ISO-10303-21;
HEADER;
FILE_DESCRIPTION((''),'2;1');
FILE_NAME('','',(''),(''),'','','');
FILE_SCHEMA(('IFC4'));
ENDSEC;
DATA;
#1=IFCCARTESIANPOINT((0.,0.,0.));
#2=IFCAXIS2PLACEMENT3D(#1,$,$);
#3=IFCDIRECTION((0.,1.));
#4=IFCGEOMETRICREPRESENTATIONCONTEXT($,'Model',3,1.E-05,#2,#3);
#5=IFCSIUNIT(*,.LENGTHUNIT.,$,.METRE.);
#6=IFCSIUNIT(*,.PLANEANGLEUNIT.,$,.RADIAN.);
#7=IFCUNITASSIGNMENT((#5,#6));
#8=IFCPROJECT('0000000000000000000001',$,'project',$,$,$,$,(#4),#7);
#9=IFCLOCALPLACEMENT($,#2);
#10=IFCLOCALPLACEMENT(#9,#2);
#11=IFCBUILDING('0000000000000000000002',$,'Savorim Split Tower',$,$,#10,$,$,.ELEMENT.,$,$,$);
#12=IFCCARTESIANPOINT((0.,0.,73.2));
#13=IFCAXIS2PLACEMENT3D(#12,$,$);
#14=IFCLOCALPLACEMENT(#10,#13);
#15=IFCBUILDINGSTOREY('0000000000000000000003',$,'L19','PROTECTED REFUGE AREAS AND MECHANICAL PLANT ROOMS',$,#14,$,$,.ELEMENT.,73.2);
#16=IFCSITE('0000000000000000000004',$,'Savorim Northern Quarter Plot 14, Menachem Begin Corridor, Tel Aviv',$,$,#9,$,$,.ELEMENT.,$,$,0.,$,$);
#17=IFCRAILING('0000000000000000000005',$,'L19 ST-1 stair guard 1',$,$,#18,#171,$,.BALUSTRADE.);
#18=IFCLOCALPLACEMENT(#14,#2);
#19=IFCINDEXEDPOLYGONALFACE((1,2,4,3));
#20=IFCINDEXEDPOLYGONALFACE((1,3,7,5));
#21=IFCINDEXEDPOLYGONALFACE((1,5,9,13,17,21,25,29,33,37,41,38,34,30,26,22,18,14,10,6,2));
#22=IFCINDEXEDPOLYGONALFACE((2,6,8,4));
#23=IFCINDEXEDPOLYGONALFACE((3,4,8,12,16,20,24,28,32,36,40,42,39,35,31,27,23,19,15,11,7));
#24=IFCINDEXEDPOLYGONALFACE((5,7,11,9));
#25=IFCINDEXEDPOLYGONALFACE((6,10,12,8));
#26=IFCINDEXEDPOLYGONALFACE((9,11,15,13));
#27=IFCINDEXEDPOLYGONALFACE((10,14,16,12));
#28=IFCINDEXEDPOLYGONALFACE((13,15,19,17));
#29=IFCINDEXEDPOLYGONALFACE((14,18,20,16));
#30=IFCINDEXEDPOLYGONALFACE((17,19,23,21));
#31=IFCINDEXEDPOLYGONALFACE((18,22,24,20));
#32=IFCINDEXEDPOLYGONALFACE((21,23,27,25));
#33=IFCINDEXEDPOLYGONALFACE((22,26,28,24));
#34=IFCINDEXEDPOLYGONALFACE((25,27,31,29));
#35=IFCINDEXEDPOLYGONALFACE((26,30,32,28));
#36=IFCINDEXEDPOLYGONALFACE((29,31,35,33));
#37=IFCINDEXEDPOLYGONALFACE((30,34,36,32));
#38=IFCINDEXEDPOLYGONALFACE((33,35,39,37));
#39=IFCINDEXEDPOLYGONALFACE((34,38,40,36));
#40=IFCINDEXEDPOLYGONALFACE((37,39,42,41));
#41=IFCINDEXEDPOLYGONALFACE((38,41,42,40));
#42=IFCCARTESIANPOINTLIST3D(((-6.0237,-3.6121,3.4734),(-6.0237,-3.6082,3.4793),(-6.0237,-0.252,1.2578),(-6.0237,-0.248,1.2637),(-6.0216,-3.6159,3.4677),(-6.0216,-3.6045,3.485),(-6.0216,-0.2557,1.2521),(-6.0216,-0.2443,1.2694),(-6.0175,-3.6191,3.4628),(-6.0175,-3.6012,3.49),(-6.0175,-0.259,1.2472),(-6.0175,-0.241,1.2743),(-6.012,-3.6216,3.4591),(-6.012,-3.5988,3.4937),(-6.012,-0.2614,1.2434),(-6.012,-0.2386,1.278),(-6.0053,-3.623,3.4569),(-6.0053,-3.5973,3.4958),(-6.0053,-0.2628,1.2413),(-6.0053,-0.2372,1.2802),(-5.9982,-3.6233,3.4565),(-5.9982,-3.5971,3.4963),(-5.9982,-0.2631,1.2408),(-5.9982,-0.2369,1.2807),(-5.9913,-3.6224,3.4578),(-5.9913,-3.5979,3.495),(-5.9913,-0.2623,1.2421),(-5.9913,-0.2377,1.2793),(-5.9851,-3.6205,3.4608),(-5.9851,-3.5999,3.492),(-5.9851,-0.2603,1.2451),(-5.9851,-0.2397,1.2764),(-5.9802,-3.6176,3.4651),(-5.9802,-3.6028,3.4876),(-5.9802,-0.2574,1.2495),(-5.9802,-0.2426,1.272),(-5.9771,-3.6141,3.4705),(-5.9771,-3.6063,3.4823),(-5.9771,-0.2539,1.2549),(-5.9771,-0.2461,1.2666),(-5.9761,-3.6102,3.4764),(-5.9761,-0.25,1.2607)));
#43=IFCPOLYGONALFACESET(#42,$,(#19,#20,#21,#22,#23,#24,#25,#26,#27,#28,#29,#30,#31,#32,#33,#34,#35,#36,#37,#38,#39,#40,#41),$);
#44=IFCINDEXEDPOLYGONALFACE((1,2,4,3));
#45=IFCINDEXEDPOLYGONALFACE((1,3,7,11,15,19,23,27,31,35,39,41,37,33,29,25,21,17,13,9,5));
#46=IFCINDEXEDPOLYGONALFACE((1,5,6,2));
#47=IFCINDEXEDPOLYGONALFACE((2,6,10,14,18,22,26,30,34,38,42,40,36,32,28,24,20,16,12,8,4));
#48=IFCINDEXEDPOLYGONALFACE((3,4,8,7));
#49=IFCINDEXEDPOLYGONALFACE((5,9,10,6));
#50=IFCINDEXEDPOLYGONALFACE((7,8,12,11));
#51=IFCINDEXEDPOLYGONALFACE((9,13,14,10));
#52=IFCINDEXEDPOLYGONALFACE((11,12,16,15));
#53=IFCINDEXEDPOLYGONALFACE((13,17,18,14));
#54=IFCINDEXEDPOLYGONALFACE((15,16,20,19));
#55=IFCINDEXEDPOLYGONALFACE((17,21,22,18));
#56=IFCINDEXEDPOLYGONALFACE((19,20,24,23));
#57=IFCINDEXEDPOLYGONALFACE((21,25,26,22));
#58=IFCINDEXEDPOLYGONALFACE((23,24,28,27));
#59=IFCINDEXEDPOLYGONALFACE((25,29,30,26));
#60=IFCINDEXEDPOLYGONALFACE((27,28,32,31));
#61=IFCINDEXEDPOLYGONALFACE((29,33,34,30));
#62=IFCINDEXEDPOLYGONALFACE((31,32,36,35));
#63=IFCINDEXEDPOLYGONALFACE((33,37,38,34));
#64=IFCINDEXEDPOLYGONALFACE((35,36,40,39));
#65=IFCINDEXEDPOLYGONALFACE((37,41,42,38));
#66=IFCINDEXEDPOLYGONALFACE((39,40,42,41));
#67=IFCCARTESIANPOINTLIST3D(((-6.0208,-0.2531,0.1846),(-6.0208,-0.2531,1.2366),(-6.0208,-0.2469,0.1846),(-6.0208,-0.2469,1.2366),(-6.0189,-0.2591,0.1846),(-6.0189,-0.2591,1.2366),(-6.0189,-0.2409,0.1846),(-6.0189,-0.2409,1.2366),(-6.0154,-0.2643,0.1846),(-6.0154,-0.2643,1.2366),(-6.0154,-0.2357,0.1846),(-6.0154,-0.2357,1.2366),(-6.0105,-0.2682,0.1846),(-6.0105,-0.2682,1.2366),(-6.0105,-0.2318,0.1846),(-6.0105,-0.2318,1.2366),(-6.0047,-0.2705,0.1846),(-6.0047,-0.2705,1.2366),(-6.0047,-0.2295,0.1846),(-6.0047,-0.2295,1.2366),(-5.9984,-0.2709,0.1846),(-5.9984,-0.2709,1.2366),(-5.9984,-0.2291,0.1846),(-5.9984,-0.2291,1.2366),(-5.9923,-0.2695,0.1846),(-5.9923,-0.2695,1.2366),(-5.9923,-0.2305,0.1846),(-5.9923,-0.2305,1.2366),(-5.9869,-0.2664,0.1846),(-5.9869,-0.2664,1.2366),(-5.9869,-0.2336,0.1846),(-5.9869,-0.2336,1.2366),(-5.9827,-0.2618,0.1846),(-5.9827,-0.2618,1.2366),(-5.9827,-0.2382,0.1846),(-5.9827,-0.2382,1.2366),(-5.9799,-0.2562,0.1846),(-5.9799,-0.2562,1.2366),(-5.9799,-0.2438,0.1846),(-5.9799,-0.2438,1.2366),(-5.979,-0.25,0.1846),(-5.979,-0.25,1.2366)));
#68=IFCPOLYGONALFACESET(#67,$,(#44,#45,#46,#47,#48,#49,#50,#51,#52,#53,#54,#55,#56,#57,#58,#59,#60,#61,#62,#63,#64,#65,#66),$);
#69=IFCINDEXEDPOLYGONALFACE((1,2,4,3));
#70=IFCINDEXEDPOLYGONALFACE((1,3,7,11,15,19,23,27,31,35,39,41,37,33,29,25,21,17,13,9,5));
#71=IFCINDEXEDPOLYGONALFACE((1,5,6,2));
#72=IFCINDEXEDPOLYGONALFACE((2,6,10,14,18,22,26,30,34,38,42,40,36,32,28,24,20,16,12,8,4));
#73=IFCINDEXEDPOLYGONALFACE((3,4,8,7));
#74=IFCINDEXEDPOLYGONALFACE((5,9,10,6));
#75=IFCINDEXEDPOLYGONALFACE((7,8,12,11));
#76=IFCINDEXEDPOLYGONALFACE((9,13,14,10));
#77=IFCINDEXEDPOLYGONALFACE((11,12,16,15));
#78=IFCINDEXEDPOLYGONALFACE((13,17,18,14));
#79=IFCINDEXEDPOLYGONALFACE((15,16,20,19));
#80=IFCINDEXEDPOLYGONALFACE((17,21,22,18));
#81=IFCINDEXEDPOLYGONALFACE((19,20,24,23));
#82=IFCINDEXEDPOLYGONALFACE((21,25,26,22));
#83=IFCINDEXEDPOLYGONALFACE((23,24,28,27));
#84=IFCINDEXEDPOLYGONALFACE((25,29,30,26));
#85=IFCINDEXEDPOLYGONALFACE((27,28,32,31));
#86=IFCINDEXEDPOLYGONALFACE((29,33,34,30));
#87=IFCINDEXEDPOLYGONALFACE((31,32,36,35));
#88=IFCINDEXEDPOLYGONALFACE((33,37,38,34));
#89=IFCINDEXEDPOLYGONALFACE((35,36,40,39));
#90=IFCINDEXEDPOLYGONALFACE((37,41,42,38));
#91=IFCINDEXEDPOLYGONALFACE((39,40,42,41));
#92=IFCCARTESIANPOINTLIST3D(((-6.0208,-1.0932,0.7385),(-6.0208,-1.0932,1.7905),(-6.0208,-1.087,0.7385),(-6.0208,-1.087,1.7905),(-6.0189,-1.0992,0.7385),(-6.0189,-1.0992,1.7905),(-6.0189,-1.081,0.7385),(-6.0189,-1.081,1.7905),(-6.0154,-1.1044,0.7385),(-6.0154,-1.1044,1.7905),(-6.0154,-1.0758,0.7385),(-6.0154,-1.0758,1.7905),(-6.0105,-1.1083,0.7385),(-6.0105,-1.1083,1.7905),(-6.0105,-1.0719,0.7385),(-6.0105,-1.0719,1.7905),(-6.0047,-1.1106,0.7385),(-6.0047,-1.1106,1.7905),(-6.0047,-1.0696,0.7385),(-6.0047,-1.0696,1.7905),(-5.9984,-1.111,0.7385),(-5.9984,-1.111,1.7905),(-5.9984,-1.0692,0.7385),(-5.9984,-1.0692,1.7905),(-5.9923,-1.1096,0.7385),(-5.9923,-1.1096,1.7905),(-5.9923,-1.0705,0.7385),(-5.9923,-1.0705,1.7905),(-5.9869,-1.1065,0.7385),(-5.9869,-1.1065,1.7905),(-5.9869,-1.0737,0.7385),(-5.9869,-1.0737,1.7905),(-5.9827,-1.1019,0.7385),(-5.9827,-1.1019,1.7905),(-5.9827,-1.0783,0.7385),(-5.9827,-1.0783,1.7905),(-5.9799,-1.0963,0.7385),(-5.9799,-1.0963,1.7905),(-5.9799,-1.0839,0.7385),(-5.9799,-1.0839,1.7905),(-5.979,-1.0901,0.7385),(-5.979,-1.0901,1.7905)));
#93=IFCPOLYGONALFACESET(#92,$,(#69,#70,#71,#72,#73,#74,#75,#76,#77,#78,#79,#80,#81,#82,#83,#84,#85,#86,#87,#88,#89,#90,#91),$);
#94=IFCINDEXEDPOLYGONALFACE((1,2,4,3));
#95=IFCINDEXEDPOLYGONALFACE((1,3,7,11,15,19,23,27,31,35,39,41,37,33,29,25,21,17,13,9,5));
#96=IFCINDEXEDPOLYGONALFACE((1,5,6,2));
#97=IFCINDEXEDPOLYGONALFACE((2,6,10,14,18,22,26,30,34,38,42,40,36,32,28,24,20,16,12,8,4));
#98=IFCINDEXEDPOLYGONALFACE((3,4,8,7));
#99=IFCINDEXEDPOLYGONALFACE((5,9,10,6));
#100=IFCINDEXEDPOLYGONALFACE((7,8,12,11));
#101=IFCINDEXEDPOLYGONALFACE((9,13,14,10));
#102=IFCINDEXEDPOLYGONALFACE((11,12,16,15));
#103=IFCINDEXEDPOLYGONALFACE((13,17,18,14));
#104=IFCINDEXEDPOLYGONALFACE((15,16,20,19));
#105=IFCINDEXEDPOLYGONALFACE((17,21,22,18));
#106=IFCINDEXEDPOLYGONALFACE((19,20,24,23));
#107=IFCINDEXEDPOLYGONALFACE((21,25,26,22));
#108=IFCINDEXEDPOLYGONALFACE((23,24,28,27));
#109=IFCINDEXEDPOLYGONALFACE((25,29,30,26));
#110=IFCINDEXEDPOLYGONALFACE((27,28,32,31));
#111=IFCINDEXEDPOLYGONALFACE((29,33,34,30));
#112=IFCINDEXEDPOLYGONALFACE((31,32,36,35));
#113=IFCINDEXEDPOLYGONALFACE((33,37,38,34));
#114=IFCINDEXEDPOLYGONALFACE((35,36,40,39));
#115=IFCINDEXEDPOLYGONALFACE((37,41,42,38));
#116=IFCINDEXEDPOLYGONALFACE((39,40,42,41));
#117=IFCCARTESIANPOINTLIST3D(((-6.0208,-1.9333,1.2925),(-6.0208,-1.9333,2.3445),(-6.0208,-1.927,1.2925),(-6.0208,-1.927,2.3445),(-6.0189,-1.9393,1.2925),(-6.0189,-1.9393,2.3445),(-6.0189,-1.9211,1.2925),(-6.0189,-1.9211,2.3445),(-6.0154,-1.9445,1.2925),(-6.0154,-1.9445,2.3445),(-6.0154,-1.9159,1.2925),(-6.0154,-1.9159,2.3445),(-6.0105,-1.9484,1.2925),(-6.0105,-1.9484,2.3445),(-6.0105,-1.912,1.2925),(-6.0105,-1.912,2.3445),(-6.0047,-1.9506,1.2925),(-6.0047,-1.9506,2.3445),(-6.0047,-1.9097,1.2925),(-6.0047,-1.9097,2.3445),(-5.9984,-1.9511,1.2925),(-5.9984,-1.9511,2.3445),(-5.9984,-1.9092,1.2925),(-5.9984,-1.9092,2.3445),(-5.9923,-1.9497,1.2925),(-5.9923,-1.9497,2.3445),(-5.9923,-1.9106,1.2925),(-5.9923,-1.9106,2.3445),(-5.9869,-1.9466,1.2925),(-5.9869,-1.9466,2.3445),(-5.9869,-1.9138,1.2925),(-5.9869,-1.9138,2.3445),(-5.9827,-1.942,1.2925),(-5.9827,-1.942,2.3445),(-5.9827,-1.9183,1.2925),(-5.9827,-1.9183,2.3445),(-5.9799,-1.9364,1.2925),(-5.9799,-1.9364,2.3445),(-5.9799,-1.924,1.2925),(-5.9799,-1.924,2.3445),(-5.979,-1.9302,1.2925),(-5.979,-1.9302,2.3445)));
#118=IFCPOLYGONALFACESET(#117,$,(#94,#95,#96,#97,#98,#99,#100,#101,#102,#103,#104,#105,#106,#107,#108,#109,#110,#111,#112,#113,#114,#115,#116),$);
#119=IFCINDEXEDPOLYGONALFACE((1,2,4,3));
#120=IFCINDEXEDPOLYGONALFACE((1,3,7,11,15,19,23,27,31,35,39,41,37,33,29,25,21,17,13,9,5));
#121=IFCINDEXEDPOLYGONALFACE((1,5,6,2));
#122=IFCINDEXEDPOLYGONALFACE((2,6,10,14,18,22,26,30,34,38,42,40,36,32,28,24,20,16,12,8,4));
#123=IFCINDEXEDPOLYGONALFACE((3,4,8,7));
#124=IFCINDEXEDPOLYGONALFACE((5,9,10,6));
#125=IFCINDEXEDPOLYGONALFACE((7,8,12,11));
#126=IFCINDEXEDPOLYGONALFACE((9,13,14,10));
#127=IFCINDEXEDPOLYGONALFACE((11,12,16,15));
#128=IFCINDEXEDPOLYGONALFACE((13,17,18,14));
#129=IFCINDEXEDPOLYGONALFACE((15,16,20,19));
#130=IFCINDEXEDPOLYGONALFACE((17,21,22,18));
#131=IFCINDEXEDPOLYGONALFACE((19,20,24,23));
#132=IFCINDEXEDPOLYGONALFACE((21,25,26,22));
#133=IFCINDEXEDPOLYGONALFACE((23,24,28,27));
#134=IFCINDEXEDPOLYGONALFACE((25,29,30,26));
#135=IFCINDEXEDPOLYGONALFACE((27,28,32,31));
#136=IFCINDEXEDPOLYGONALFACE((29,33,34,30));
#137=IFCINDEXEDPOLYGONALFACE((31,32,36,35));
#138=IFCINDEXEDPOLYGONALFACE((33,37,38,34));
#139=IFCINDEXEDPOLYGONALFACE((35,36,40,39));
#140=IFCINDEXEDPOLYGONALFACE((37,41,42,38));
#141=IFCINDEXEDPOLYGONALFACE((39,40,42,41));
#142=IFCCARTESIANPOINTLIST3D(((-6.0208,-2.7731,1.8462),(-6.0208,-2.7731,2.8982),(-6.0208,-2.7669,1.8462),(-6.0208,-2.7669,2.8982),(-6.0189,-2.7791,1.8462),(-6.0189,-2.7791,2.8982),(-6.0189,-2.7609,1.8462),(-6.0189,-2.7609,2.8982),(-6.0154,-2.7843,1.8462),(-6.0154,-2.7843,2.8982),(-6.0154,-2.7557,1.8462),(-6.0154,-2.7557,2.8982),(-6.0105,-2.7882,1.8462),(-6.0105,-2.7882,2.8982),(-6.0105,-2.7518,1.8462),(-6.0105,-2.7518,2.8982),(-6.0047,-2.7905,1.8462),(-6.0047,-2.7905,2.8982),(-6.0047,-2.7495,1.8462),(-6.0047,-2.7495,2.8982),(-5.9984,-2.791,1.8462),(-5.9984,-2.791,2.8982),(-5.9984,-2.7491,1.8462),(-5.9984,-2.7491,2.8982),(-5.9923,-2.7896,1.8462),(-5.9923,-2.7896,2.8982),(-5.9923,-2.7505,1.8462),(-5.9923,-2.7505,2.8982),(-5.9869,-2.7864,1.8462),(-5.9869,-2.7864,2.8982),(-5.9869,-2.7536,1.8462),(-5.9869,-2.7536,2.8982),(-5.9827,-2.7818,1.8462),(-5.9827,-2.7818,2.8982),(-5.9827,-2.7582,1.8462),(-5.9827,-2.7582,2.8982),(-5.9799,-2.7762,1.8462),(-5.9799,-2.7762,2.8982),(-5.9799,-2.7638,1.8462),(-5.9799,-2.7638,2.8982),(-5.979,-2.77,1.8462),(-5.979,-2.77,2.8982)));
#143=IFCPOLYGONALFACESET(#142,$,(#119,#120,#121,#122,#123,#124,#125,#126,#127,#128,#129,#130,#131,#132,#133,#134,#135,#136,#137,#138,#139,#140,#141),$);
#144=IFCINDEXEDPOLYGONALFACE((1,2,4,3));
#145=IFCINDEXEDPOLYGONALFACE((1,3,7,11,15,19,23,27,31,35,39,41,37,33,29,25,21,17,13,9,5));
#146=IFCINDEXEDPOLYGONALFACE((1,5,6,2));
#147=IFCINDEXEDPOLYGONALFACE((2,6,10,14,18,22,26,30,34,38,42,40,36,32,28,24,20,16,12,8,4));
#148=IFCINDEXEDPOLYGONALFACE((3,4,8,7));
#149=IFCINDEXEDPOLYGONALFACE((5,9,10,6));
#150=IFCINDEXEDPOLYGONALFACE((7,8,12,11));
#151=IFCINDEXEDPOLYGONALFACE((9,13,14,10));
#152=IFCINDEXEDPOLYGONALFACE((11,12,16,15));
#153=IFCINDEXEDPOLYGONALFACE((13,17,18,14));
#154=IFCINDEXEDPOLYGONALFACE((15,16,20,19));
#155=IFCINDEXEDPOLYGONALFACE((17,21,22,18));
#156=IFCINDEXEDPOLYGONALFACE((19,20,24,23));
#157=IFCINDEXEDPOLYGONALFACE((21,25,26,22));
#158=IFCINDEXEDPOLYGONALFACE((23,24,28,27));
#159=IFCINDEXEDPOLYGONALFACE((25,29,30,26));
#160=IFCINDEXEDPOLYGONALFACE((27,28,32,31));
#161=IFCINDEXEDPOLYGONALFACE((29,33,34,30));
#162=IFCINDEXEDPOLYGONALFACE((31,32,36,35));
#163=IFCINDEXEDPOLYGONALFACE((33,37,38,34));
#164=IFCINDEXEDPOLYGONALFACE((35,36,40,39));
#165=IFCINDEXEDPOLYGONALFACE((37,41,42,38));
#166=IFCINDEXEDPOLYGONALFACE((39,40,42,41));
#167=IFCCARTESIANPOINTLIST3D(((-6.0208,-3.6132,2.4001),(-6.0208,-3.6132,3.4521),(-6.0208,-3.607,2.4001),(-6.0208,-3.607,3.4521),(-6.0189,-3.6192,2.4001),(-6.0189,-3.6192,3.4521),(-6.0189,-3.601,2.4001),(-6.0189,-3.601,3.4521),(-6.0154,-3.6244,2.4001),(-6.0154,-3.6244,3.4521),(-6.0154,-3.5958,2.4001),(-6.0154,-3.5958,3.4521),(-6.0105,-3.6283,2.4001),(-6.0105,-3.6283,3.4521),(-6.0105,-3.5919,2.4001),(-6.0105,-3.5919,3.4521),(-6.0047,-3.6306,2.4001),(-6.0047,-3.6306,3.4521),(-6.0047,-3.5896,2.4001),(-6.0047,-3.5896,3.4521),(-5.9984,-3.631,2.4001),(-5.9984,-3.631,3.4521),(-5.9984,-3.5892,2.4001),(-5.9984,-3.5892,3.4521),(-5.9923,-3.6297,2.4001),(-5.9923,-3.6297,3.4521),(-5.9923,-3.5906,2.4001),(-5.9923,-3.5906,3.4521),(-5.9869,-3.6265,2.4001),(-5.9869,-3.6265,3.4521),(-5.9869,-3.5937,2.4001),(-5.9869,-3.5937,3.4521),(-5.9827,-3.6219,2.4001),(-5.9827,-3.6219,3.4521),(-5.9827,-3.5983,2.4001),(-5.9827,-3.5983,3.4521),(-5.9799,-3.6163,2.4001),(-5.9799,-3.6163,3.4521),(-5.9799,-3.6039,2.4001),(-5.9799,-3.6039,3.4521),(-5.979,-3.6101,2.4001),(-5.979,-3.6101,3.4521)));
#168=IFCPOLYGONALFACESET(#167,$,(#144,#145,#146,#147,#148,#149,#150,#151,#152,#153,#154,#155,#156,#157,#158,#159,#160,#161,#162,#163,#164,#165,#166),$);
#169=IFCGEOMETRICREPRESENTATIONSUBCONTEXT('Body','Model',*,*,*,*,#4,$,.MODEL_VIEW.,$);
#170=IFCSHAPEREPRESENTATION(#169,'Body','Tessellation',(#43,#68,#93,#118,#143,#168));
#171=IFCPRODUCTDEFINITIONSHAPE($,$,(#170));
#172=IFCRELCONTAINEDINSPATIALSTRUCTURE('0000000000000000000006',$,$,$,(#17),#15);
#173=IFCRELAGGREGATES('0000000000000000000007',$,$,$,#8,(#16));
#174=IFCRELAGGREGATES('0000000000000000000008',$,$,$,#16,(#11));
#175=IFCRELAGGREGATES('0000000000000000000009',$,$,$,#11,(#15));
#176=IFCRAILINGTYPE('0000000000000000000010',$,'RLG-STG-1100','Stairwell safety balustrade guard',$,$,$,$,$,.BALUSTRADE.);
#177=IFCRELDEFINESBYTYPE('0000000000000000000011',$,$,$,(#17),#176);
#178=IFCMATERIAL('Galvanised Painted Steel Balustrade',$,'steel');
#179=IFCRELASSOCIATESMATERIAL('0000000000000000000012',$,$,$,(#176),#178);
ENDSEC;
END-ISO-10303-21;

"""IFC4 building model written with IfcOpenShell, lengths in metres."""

from ifc_helpers import new_model, si_unit, direction, frame, origin, origin_2d, place, context, subcontext, project, spatial, circle, extrude, material, type_object, element, save


model = new_model("IFC4")

# Units and contexts
model_context = context("Model", 3, precision=1e-05, world=origin(), true_north=direction((0.0, 1.0)))
body_context = subcontext(model_context, "Body", "Model", "MODEL_VIEW")
ifc_project = project(units=[si_unit("LENGTHUNIT", "METRE"), si_unit("PLANEANGLEUNIT", "RADIAN")], contexts=[model_context])

# Site, building, storey
site_placement = place(None, origin())
site = spatial("IfcSite", under=ifc_project, at=site_placement, Name="Savorim Northern Quarter Plot 14, Menachem Begin Corridor, Tel Aviv", CompositionType="ELEMENT", RefElevation=0.0)
building_placement = place(site_placement, origin())
building = spatial("IfcBuilding", under=site, at=building_placement, Name="Savorim Split Tower", CompositionType="ELEMENT")
storey_placement = place(building_placement, frame((0.0, 0.0, 73.2)))
storey = spatial("IfcBuildingStorey", under=building, at=storey_placement, Name="L19", Description="PROTECTED REFUGE AREAS AND MECHANICAL PLANT ROOMS", CompositionType="ELEMENT", Elevation=73.2)

# Railing
ifc_material_1 = material(Name="Galvanised Painted Steel Balustrade", Category="steel")
railing_type_1 = type_object("IfcRailingType", Name="RLG-STG-1100", Description="Stairwell safety balustrade guard", PredefinedType="BALUSTRADE", material=ifc_material_1)
railing_1_placement = place(storey_placement, frame((-6.0, -0.25, 0.1846)))
element("IfcRailing", 1, at=railing_1_placement, inside=storey, type_object=railing_type_1, Name="L19 ST-1 stair guard 1", PredefinedType="BALUSTRADE", context=body_context, shape_type="SweptSolid", body=[
    extrude(circle(Radius=0.0239, at=origin_2d()), frame((0.0, 0.0, 1.0762), z_axis=(0.0, -0.834849, 0.55048), x_axis=(1.0, 0.0, 0.0)), (0.0, 0.0, 1.0), 4.0249),
    extrude(circle(Radius=0.021, at=origin_2d()), origin(), (0.0, 0.0, 1.0), 1.052),
    extrude(circle(Radius=0.021, at=origin_2d()), frame((0.0, -0.8401, 0.554)), (0.0, 0.0, 1.0), 1.052),
    extrude(circle(Radius=0.021, at=origin_2d()), frame((0.0, -1.6802, 1.1079)), (0.0, 0.0, 1.0), 1.052),
    extrude(circle(Radius=0.021, at=origin_2d()), frame((0.0, -2.52, 1.6616)), (0.0, 0.0, 1.0), 1.052),
    extrude(circle(Radius=0.021, at=origin_2d()), frame((0.0, -3.3601, 2.2156)), (0.0, 0.0, 1.0), 1.052),
])

save(model, "model.ifc")
